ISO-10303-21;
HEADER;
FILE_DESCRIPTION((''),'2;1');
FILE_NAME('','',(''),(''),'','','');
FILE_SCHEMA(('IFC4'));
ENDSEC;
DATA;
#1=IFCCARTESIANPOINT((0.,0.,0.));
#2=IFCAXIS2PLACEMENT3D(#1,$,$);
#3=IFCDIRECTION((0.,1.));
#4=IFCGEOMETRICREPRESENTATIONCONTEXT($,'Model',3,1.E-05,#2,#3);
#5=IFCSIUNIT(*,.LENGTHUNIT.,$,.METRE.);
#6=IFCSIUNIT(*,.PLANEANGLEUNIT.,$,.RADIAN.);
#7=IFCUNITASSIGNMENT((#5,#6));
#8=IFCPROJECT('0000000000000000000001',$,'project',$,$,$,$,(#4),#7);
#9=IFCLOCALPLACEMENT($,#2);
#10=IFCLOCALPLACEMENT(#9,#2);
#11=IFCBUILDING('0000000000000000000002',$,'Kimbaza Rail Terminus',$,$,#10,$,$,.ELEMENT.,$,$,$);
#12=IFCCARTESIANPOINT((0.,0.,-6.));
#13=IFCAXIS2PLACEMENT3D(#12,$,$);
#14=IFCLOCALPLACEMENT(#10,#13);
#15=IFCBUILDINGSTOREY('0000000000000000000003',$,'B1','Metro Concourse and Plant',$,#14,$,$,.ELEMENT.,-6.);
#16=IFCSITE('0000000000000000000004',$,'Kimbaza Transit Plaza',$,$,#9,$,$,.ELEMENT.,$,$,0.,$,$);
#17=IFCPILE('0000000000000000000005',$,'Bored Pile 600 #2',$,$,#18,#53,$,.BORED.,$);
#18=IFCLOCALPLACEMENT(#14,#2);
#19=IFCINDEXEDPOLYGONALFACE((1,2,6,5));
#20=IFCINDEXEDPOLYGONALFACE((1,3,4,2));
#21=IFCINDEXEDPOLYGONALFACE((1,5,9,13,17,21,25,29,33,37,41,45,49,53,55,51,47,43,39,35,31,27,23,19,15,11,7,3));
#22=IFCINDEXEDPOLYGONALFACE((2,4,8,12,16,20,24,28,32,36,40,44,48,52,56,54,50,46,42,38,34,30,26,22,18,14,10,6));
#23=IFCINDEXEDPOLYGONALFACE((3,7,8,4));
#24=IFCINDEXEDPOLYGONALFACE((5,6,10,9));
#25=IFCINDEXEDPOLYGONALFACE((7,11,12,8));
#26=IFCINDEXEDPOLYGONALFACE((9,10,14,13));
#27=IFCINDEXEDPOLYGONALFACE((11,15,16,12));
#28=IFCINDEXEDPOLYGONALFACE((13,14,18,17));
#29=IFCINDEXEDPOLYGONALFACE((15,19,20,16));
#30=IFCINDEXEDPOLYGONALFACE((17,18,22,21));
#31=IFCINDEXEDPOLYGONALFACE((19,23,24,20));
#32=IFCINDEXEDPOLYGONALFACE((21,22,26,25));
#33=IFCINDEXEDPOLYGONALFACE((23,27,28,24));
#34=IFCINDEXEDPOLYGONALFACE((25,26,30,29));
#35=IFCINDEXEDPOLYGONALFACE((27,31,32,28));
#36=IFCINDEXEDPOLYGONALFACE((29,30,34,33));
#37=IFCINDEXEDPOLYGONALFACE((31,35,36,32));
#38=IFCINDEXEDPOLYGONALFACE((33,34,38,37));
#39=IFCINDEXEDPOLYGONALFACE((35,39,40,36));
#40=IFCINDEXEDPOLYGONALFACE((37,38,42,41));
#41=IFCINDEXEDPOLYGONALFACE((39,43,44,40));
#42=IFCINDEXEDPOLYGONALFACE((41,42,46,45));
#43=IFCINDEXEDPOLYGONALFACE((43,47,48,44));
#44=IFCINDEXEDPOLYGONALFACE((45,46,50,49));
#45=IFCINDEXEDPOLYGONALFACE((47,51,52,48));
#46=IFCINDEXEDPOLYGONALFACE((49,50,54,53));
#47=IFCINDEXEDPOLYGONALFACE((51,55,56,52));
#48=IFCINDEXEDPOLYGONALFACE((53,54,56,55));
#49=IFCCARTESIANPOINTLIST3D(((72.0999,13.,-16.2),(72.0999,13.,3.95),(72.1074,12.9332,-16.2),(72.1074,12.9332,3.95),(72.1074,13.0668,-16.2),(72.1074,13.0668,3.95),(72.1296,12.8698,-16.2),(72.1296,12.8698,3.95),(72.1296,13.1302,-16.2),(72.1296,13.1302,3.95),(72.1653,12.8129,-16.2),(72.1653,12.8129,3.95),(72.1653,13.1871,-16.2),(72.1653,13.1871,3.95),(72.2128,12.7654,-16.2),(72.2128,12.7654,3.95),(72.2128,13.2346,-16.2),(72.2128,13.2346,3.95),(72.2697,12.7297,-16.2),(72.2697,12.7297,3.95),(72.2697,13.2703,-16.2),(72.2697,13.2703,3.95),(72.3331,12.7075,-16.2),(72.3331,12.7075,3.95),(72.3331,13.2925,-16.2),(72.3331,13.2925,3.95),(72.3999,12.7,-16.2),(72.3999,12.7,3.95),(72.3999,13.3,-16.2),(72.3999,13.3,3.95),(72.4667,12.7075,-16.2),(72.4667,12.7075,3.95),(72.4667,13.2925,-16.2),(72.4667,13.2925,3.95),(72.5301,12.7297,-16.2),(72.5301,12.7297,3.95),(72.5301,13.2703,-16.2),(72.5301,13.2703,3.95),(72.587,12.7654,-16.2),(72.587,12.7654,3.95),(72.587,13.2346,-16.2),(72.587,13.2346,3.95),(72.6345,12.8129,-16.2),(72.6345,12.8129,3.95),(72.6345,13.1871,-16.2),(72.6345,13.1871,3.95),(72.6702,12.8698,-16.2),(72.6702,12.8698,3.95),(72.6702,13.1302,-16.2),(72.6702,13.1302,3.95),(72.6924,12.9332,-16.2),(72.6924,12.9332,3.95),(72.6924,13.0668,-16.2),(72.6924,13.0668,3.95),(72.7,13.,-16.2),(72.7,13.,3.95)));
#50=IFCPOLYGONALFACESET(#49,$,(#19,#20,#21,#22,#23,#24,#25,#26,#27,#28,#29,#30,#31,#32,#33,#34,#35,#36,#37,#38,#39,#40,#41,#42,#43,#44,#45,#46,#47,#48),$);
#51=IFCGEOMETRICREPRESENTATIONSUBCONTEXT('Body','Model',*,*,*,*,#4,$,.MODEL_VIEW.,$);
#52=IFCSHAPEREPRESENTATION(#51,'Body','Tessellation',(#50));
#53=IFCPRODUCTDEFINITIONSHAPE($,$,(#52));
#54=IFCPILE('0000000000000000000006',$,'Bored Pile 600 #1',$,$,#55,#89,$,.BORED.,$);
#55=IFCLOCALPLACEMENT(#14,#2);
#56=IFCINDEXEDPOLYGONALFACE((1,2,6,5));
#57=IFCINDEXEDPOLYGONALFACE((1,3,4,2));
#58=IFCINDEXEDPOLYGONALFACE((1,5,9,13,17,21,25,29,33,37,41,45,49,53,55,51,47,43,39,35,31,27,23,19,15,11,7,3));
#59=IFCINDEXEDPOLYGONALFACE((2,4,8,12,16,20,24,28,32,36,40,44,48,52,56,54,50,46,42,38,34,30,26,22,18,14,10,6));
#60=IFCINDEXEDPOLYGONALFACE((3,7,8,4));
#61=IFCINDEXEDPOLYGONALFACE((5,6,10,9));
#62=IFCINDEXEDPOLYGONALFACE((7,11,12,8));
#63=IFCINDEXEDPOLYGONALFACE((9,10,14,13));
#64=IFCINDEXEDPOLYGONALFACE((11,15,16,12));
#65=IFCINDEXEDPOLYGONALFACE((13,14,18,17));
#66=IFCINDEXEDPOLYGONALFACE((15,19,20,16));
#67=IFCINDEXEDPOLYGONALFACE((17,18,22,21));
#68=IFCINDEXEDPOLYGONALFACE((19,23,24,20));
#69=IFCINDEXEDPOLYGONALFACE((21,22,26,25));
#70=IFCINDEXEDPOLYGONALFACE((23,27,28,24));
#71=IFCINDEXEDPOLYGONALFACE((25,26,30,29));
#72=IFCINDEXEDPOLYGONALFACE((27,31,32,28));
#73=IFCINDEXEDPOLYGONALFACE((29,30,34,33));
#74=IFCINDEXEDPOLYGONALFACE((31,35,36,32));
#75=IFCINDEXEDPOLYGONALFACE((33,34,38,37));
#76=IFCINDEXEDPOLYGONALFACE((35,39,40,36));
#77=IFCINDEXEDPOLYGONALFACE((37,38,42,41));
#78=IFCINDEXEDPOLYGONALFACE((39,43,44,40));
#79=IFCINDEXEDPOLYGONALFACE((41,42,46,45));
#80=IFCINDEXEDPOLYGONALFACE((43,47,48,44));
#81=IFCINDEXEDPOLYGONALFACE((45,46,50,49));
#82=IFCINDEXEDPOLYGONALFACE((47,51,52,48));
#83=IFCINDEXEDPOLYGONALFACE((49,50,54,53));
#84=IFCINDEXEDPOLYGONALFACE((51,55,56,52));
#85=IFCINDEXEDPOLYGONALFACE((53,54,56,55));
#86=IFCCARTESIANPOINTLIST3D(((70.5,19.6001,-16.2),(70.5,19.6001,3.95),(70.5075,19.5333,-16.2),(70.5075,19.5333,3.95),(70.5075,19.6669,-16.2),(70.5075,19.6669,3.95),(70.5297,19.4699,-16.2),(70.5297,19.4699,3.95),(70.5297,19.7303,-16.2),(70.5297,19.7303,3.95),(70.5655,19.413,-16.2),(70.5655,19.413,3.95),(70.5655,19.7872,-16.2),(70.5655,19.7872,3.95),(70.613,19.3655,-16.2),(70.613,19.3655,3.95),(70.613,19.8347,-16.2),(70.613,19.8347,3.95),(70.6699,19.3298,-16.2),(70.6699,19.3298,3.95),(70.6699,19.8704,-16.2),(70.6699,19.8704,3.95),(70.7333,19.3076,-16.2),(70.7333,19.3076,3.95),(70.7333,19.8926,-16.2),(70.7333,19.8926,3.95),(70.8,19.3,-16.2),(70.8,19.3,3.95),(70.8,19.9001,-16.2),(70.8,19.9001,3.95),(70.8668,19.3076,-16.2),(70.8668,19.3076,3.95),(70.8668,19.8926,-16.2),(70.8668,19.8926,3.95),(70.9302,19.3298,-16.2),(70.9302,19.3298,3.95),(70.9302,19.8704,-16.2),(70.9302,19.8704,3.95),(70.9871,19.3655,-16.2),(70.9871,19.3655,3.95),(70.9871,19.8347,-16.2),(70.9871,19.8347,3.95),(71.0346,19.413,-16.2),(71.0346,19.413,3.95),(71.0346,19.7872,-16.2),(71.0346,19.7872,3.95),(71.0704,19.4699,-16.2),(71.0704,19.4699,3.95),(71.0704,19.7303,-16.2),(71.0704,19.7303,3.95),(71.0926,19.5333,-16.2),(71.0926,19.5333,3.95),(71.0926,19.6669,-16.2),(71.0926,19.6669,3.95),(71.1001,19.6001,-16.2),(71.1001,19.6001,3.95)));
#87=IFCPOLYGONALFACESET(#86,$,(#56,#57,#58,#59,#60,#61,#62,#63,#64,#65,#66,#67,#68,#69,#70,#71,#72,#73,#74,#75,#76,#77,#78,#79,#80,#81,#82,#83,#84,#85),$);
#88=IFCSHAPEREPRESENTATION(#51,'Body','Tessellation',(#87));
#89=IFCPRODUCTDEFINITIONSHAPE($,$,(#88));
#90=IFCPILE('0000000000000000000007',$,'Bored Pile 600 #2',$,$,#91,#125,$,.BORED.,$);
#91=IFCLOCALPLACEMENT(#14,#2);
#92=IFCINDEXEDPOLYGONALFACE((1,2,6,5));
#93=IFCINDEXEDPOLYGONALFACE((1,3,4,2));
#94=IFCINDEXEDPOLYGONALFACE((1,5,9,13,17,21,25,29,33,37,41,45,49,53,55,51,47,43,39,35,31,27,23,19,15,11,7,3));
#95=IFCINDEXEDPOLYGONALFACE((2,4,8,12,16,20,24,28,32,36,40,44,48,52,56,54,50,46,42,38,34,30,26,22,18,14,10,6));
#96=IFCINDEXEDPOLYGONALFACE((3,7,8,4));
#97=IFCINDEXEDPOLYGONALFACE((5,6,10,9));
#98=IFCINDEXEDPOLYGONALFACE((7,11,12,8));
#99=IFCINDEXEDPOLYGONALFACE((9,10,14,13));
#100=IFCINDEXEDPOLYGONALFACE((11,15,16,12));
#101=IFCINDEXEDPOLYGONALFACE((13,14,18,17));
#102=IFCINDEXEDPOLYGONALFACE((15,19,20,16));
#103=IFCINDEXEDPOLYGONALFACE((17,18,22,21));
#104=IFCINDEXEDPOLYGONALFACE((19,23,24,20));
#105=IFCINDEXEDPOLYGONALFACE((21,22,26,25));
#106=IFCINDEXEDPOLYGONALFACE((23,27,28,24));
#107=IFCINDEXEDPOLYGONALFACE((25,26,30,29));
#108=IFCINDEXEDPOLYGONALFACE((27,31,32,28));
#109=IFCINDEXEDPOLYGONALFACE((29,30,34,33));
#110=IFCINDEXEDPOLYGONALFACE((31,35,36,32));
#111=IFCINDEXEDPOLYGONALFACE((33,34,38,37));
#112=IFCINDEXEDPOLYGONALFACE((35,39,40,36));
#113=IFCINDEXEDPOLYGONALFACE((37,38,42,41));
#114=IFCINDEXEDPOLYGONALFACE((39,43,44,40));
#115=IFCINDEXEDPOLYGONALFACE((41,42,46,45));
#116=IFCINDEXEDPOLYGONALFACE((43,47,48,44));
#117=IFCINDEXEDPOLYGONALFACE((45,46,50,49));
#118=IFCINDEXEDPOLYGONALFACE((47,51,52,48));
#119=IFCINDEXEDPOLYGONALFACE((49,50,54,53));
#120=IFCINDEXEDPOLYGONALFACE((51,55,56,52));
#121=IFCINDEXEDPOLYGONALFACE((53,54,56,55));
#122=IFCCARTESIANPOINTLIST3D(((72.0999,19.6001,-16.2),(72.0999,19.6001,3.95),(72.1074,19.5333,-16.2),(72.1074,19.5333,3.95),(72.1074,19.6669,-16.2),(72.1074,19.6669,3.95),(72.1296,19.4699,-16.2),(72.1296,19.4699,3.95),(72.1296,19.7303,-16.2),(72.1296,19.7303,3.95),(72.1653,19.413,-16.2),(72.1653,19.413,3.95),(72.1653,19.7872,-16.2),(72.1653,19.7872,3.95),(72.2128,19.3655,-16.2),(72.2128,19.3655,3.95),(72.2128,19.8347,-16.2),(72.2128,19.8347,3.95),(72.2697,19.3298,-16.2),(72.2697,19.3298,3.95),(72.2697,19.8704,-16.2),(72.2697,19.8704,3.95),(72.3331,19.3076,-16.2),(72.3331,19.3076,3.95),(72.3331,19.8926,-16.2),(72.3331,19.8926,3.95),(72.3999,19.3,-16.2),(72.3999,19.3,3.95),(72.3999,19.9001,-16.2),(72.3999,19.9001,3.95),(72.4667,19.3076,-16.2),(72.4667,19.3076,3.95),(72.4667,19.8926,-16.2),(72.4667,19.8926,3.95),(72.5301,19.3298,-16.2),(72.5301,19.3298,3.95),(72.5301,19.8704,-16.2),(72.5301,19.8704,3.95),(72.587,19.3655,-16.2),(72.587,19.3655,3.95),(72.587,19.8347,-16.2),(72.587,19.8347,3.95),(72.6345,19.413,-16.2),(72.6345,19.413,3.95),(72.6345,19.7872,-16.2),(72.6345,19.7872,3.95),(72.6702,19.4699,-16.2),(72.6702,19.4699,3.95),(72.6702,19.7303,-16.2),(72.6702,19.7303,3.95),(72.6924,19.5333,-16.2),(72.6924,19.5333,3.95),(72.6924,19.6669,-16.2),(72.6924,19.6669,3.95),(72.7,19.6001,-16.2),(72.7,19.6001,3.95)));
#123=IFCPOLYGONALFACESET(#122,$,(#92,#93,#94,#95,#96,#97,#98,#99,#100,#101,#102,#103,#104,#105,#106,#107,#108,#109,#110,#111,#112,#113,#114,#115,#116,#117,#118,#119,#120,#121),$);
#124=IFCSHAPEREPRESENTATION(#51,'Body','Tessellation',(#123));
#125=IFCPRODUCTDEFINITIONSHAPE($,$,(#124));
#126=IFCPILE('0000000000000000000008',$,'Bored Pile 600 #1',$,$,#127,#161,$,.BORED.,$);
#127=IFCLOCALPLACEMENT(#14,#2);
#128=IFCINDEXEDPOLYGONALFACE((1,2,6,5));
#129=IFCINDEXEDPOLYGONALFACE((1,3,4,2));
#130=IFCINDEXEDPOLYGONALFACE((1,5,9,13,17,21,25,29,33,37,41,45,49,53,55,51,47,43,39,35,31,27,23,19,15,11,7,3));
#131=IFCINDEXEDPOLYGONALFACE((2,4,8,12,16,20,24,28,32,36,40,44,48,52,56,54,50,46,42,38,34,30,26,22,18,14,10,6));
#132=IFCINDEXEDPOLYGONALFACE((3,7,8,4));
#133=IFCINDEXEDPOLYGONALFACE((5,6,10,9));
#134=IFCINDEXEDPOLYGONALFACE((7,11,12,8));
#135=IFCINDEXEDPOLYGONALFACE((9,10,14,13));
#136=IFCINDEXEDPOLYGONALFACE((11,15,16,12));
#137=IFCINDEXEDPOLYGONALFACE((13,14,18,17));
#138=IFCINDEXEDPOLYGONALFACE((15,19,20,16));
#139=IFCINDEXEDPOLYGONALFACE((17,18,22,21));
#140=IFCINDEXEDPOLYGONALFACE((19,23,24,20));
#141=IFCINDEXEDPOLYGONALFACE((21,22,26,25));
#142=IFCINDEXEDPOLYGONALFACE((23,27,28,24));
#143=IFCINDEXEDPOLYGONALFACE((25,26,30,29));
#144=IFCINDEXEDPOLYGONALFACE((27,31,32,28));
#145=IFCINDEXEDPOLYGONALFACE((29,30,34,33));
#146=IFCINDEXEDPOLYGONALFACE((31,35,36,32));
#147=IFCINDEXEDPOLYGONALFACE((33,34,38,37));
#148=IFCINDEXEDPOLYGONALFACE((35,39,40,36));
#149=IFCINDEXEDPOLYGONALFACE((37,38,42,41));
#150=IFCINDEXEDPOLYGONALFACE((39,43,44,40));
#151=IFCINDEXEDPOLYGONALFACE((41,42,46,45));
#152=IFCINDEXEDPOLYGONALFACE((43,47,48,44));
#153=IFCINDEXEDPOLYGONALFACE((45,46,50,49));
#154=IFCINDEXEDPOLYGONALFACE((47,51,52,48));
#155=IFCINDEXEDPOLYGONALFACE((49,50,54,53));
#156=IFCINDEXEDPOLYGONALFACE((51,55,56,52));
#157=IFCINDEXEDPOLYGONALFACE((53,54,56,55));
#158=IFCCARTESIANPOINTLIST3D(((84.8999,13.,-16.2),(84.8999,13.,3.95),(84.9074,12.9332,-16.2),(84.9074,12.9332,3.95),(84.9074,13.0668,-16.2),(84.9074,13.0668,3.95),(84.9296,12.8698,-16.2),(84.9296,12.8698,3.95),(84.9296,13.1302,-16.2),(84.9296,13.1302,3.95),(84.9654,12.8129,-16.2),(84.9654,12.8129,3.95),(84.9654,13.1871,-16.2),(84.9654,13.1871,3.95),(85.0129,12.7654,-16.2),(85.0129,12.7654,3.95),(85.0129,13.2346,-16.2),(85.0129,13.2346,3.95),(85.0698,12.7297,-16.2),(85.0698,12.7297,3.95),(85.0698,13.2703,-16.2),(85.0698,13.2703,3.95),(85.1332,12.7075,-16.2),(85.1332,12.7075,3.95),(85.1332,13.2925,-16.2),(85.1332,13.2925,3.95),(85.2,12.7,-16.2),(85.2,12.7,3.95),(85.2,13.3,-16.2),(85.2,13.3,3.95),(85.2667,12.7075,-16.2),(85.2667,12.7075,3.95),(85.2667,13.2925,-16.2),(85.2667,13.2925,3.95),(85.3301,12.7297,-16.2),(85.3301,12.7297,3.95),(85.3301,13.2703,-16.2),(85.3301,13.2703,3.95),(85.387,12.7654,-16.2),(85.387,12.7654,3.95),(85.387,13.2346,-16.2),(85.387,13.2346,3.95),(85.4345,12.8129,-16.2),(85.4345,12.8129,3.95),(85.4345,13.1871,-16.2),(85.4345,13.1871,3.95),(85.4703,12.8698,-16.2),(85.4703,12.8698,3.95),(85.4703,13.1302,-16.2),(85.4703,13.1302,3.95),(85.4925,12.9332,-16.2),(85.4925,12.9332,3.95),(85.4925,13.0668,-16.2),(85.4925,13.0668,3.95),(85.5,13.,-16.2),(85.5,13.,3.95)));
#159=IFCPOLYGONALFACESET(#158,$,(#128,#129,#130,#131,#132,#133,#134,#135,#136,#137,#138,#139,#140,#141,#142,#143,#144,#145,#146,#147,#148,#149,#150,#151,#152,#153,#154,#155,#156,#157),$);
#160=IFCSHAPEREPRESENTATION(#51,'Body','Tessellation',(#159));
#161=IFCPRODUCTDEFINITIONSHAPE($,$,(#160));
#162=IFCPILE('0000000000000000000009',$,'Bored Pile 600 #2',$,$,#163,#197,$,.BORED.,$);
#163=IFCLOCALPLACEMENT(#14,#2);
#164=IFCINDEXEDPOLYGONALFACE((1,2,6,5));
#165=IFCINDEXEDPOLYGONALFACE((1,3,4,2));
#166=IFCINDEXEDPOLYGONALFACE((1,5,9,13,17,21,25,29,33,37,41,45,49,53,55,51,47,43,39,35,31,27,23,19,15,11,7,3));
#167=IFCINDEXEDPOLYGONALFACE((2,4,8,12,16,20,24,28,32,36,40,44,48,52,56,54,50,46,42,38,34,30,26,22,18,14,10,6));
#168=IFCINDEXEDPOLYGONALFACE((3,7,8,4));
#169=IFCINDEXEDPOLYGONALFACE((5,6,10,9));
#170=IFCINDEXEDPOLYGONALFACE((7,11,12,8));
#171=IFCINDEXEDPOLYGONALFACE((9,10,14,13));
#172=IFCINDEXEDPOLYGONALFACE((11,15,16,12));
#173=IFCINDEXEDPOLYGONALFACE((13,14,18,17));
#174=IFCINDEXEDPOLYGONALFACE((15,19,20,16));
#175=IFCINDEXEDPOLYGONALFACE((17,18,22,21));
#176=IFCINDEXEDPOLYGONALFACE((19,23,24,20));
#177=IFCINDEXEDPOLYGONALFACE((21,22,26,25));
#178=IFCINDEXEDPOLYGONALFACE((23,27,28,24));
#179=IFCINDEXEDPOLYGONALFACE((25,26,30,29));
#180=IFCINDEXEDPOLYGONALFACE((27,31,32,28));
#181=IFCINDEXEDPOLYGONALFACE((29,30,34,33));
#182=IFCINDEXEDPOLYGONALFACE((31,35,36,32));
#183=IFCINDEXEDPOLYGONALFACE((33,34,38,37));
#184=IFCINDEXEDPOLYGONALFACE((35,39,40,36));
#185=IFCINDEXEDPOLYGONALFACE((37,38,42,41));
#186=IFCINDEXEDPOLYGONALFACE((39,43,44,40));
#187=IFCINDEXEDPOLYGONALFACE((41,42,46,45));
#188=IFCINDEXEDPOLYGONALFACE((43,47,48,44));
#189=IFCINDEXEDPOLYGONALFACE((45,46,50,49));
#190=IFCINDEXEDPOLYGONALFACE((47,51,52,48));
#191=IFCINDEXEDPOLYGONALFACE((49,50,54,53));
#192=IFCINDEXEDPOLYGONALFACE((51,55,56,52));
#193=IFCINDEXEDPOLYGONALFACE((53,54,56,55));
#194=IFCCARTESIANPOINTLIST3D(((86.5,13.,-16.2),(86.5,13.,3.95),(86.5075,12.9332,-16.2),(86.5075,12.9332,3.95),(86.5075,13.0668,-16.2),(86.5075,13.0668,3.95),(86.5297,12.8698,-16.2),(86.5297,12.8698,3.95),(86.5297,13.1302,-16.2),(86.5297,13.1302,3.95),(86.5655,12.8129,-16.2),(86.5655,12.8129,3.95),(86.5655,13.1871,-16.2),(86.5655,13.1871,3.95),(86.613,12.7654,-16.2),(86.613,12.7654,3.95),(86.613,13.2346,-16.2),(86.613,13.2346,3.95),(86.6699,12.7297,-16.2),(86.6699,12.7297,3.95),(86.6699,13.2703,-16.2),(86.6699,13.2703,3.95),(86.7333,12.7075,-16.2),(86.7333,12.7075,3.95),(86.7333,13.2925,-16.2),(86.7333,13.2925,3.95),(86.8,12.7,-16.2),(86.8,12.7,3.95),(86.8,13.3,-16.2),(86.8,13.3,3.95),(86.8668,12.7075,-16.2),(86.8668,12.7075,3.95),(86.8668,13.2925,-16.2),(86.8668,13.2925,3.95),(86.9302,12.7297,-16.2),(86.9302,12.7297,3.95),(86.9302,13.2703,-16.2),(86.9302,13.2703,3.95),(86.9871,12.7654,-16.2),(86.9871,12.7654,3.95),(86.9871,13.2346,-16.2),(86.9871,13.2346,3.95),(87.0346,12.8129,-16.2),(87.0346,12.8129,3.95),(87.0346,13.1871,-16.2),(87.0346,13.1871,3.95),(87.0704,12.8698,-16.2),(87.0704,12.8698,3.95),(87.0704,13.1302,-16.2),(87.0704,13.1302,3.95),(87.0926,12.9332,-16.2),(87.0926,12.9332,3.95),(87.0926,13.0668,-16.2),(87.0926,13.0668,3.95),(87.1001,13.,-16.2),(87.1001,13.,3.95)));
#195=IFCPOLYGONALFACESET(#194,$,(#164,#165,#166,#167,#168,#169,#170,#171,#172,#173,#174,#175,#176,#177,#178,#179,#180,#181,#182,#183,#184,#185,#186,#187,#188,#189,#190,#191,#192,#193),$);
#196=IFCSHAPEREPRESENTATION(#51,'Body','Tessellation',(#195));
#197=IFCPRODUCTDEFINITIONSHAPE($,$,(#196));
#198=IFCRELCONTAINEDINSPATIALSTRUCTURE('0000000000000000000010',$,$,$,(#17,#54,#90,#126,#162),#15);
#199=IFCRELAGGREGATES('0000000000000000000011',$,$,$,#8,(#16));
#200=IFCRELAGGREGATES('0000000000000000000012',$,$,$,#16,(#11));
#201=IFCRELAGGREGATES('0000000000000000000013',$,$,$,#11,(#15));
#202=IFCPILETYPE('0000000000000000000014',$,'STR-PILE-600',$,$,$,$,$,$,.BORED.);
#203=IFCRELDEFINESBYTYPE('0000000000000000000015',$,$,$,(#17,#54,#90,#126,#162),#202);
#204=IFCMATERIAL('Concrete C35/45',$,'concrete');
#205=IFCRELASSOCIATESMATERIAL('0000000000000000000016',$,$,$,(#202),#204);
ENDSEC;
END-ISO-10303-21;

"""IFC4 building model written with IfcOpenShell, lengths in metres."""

from ifc_helpers import new_model, si_unit, direction, frame, origin, origin_2d, place, context, subcontext, project, spatial, circle, extrude, material, material_profile, profile_set, type_object, element, save


model = new_model("IFC4")

# Units and contexts
model_context = context("Model", 3, precision=1e-05, world=origin(), true_north=direction((0.0, 1.0)))
body_context = subcontext(model_context, "Body", "Model", "MODEL_VIEW")
ifc_project = project(units=[si_unit("LENGTHUNIT", "METRE"), si_unit("PLANEANGLEUNIT", "RADIAN")], contexts=[model_context])

# Site, building, storey
site_placement = place(None, origin())
site = spatial("IfcSite", under=ifc_project, at=site_placement, Name="Kimbaza Transit Plaza", CompositionType="ELEMENT", RefElevation=0.0)
building_placement = place(site_placement, origin())
building = spatial("IfcBuilding", under=site, at=building_placement, Name="Kimbaza Rail Terminus", CompositionType="ELEMENT")
storey_placement = place(building_placement, frame((0.0, 0.0, -6.0)))
storey = spatial("IfcBuildingStorey", under=building, at=storey_placement, Name="B1", Description="Metro Concourse and Plant", CompositionType="ELEMENT", Elevation=-6.0)

# Piles
ifc_material_1 = material(Name="Concrete C35/45", Category="concrete")
ifc_material_profile_1 = material_profile(ifc_material_1, circle(Radius=0.3, at=origin_2d()), Name="BORED PILE 600")
ifc_profile_set_1 = profile_set([ifc_material_profile_1], Name="Concrete C35/45")
pile_type_1 = type_object("IfcPileType", Name="STR-PILE-600", PredefinedType="BORED", material=ifc_profile_set_1)
for number, where, z_axis, x_axis, name in (
    (1, (72.3999, 13.0, 3.95), (0.0, 0.0, -1.0), (1.0, 0.0, 0.0), "Bored Pile 600 #2"),
    (2, (70.8, 19.6001, 3.95), (0.0, 0.0, -1.0), (1.0, 0.0, 0.0), "Bored Pile 600 #1"),
    (3, (72.3999, 19.6001, 3.95), (0.0, 0.0, -1.0), (1.0, 0.0, 0.0), "Bored Pile 600 #2"),
    (4, (85.2, 13.0, 3.95), (0.0, 0.0, -1.0), (1.0, 0.0, 0.0), "Bored Pile 600 #1"),
    (5, (86.8, 13.0, 3.95), (0.0, 0.0, -1.0), (1.0, 0.0, 0.0), "Bored Pile 600 #2"),
):
    element("IfcPile", number, at=place(storey_placement, frame(where, z_axis=z_axis, x_axis=x_axis)), inside=storey, type_object=pile_type_1, Name=name, PredefinedType="BORED", context=body_context, shape_type="SweptSolid", body=[
        extrude(circle(Radius=0.3, at=origin_2d()), origin(), (0.0, 0.0, 1.0), 20.1499),
    ])

save(model, "model.ifc")
